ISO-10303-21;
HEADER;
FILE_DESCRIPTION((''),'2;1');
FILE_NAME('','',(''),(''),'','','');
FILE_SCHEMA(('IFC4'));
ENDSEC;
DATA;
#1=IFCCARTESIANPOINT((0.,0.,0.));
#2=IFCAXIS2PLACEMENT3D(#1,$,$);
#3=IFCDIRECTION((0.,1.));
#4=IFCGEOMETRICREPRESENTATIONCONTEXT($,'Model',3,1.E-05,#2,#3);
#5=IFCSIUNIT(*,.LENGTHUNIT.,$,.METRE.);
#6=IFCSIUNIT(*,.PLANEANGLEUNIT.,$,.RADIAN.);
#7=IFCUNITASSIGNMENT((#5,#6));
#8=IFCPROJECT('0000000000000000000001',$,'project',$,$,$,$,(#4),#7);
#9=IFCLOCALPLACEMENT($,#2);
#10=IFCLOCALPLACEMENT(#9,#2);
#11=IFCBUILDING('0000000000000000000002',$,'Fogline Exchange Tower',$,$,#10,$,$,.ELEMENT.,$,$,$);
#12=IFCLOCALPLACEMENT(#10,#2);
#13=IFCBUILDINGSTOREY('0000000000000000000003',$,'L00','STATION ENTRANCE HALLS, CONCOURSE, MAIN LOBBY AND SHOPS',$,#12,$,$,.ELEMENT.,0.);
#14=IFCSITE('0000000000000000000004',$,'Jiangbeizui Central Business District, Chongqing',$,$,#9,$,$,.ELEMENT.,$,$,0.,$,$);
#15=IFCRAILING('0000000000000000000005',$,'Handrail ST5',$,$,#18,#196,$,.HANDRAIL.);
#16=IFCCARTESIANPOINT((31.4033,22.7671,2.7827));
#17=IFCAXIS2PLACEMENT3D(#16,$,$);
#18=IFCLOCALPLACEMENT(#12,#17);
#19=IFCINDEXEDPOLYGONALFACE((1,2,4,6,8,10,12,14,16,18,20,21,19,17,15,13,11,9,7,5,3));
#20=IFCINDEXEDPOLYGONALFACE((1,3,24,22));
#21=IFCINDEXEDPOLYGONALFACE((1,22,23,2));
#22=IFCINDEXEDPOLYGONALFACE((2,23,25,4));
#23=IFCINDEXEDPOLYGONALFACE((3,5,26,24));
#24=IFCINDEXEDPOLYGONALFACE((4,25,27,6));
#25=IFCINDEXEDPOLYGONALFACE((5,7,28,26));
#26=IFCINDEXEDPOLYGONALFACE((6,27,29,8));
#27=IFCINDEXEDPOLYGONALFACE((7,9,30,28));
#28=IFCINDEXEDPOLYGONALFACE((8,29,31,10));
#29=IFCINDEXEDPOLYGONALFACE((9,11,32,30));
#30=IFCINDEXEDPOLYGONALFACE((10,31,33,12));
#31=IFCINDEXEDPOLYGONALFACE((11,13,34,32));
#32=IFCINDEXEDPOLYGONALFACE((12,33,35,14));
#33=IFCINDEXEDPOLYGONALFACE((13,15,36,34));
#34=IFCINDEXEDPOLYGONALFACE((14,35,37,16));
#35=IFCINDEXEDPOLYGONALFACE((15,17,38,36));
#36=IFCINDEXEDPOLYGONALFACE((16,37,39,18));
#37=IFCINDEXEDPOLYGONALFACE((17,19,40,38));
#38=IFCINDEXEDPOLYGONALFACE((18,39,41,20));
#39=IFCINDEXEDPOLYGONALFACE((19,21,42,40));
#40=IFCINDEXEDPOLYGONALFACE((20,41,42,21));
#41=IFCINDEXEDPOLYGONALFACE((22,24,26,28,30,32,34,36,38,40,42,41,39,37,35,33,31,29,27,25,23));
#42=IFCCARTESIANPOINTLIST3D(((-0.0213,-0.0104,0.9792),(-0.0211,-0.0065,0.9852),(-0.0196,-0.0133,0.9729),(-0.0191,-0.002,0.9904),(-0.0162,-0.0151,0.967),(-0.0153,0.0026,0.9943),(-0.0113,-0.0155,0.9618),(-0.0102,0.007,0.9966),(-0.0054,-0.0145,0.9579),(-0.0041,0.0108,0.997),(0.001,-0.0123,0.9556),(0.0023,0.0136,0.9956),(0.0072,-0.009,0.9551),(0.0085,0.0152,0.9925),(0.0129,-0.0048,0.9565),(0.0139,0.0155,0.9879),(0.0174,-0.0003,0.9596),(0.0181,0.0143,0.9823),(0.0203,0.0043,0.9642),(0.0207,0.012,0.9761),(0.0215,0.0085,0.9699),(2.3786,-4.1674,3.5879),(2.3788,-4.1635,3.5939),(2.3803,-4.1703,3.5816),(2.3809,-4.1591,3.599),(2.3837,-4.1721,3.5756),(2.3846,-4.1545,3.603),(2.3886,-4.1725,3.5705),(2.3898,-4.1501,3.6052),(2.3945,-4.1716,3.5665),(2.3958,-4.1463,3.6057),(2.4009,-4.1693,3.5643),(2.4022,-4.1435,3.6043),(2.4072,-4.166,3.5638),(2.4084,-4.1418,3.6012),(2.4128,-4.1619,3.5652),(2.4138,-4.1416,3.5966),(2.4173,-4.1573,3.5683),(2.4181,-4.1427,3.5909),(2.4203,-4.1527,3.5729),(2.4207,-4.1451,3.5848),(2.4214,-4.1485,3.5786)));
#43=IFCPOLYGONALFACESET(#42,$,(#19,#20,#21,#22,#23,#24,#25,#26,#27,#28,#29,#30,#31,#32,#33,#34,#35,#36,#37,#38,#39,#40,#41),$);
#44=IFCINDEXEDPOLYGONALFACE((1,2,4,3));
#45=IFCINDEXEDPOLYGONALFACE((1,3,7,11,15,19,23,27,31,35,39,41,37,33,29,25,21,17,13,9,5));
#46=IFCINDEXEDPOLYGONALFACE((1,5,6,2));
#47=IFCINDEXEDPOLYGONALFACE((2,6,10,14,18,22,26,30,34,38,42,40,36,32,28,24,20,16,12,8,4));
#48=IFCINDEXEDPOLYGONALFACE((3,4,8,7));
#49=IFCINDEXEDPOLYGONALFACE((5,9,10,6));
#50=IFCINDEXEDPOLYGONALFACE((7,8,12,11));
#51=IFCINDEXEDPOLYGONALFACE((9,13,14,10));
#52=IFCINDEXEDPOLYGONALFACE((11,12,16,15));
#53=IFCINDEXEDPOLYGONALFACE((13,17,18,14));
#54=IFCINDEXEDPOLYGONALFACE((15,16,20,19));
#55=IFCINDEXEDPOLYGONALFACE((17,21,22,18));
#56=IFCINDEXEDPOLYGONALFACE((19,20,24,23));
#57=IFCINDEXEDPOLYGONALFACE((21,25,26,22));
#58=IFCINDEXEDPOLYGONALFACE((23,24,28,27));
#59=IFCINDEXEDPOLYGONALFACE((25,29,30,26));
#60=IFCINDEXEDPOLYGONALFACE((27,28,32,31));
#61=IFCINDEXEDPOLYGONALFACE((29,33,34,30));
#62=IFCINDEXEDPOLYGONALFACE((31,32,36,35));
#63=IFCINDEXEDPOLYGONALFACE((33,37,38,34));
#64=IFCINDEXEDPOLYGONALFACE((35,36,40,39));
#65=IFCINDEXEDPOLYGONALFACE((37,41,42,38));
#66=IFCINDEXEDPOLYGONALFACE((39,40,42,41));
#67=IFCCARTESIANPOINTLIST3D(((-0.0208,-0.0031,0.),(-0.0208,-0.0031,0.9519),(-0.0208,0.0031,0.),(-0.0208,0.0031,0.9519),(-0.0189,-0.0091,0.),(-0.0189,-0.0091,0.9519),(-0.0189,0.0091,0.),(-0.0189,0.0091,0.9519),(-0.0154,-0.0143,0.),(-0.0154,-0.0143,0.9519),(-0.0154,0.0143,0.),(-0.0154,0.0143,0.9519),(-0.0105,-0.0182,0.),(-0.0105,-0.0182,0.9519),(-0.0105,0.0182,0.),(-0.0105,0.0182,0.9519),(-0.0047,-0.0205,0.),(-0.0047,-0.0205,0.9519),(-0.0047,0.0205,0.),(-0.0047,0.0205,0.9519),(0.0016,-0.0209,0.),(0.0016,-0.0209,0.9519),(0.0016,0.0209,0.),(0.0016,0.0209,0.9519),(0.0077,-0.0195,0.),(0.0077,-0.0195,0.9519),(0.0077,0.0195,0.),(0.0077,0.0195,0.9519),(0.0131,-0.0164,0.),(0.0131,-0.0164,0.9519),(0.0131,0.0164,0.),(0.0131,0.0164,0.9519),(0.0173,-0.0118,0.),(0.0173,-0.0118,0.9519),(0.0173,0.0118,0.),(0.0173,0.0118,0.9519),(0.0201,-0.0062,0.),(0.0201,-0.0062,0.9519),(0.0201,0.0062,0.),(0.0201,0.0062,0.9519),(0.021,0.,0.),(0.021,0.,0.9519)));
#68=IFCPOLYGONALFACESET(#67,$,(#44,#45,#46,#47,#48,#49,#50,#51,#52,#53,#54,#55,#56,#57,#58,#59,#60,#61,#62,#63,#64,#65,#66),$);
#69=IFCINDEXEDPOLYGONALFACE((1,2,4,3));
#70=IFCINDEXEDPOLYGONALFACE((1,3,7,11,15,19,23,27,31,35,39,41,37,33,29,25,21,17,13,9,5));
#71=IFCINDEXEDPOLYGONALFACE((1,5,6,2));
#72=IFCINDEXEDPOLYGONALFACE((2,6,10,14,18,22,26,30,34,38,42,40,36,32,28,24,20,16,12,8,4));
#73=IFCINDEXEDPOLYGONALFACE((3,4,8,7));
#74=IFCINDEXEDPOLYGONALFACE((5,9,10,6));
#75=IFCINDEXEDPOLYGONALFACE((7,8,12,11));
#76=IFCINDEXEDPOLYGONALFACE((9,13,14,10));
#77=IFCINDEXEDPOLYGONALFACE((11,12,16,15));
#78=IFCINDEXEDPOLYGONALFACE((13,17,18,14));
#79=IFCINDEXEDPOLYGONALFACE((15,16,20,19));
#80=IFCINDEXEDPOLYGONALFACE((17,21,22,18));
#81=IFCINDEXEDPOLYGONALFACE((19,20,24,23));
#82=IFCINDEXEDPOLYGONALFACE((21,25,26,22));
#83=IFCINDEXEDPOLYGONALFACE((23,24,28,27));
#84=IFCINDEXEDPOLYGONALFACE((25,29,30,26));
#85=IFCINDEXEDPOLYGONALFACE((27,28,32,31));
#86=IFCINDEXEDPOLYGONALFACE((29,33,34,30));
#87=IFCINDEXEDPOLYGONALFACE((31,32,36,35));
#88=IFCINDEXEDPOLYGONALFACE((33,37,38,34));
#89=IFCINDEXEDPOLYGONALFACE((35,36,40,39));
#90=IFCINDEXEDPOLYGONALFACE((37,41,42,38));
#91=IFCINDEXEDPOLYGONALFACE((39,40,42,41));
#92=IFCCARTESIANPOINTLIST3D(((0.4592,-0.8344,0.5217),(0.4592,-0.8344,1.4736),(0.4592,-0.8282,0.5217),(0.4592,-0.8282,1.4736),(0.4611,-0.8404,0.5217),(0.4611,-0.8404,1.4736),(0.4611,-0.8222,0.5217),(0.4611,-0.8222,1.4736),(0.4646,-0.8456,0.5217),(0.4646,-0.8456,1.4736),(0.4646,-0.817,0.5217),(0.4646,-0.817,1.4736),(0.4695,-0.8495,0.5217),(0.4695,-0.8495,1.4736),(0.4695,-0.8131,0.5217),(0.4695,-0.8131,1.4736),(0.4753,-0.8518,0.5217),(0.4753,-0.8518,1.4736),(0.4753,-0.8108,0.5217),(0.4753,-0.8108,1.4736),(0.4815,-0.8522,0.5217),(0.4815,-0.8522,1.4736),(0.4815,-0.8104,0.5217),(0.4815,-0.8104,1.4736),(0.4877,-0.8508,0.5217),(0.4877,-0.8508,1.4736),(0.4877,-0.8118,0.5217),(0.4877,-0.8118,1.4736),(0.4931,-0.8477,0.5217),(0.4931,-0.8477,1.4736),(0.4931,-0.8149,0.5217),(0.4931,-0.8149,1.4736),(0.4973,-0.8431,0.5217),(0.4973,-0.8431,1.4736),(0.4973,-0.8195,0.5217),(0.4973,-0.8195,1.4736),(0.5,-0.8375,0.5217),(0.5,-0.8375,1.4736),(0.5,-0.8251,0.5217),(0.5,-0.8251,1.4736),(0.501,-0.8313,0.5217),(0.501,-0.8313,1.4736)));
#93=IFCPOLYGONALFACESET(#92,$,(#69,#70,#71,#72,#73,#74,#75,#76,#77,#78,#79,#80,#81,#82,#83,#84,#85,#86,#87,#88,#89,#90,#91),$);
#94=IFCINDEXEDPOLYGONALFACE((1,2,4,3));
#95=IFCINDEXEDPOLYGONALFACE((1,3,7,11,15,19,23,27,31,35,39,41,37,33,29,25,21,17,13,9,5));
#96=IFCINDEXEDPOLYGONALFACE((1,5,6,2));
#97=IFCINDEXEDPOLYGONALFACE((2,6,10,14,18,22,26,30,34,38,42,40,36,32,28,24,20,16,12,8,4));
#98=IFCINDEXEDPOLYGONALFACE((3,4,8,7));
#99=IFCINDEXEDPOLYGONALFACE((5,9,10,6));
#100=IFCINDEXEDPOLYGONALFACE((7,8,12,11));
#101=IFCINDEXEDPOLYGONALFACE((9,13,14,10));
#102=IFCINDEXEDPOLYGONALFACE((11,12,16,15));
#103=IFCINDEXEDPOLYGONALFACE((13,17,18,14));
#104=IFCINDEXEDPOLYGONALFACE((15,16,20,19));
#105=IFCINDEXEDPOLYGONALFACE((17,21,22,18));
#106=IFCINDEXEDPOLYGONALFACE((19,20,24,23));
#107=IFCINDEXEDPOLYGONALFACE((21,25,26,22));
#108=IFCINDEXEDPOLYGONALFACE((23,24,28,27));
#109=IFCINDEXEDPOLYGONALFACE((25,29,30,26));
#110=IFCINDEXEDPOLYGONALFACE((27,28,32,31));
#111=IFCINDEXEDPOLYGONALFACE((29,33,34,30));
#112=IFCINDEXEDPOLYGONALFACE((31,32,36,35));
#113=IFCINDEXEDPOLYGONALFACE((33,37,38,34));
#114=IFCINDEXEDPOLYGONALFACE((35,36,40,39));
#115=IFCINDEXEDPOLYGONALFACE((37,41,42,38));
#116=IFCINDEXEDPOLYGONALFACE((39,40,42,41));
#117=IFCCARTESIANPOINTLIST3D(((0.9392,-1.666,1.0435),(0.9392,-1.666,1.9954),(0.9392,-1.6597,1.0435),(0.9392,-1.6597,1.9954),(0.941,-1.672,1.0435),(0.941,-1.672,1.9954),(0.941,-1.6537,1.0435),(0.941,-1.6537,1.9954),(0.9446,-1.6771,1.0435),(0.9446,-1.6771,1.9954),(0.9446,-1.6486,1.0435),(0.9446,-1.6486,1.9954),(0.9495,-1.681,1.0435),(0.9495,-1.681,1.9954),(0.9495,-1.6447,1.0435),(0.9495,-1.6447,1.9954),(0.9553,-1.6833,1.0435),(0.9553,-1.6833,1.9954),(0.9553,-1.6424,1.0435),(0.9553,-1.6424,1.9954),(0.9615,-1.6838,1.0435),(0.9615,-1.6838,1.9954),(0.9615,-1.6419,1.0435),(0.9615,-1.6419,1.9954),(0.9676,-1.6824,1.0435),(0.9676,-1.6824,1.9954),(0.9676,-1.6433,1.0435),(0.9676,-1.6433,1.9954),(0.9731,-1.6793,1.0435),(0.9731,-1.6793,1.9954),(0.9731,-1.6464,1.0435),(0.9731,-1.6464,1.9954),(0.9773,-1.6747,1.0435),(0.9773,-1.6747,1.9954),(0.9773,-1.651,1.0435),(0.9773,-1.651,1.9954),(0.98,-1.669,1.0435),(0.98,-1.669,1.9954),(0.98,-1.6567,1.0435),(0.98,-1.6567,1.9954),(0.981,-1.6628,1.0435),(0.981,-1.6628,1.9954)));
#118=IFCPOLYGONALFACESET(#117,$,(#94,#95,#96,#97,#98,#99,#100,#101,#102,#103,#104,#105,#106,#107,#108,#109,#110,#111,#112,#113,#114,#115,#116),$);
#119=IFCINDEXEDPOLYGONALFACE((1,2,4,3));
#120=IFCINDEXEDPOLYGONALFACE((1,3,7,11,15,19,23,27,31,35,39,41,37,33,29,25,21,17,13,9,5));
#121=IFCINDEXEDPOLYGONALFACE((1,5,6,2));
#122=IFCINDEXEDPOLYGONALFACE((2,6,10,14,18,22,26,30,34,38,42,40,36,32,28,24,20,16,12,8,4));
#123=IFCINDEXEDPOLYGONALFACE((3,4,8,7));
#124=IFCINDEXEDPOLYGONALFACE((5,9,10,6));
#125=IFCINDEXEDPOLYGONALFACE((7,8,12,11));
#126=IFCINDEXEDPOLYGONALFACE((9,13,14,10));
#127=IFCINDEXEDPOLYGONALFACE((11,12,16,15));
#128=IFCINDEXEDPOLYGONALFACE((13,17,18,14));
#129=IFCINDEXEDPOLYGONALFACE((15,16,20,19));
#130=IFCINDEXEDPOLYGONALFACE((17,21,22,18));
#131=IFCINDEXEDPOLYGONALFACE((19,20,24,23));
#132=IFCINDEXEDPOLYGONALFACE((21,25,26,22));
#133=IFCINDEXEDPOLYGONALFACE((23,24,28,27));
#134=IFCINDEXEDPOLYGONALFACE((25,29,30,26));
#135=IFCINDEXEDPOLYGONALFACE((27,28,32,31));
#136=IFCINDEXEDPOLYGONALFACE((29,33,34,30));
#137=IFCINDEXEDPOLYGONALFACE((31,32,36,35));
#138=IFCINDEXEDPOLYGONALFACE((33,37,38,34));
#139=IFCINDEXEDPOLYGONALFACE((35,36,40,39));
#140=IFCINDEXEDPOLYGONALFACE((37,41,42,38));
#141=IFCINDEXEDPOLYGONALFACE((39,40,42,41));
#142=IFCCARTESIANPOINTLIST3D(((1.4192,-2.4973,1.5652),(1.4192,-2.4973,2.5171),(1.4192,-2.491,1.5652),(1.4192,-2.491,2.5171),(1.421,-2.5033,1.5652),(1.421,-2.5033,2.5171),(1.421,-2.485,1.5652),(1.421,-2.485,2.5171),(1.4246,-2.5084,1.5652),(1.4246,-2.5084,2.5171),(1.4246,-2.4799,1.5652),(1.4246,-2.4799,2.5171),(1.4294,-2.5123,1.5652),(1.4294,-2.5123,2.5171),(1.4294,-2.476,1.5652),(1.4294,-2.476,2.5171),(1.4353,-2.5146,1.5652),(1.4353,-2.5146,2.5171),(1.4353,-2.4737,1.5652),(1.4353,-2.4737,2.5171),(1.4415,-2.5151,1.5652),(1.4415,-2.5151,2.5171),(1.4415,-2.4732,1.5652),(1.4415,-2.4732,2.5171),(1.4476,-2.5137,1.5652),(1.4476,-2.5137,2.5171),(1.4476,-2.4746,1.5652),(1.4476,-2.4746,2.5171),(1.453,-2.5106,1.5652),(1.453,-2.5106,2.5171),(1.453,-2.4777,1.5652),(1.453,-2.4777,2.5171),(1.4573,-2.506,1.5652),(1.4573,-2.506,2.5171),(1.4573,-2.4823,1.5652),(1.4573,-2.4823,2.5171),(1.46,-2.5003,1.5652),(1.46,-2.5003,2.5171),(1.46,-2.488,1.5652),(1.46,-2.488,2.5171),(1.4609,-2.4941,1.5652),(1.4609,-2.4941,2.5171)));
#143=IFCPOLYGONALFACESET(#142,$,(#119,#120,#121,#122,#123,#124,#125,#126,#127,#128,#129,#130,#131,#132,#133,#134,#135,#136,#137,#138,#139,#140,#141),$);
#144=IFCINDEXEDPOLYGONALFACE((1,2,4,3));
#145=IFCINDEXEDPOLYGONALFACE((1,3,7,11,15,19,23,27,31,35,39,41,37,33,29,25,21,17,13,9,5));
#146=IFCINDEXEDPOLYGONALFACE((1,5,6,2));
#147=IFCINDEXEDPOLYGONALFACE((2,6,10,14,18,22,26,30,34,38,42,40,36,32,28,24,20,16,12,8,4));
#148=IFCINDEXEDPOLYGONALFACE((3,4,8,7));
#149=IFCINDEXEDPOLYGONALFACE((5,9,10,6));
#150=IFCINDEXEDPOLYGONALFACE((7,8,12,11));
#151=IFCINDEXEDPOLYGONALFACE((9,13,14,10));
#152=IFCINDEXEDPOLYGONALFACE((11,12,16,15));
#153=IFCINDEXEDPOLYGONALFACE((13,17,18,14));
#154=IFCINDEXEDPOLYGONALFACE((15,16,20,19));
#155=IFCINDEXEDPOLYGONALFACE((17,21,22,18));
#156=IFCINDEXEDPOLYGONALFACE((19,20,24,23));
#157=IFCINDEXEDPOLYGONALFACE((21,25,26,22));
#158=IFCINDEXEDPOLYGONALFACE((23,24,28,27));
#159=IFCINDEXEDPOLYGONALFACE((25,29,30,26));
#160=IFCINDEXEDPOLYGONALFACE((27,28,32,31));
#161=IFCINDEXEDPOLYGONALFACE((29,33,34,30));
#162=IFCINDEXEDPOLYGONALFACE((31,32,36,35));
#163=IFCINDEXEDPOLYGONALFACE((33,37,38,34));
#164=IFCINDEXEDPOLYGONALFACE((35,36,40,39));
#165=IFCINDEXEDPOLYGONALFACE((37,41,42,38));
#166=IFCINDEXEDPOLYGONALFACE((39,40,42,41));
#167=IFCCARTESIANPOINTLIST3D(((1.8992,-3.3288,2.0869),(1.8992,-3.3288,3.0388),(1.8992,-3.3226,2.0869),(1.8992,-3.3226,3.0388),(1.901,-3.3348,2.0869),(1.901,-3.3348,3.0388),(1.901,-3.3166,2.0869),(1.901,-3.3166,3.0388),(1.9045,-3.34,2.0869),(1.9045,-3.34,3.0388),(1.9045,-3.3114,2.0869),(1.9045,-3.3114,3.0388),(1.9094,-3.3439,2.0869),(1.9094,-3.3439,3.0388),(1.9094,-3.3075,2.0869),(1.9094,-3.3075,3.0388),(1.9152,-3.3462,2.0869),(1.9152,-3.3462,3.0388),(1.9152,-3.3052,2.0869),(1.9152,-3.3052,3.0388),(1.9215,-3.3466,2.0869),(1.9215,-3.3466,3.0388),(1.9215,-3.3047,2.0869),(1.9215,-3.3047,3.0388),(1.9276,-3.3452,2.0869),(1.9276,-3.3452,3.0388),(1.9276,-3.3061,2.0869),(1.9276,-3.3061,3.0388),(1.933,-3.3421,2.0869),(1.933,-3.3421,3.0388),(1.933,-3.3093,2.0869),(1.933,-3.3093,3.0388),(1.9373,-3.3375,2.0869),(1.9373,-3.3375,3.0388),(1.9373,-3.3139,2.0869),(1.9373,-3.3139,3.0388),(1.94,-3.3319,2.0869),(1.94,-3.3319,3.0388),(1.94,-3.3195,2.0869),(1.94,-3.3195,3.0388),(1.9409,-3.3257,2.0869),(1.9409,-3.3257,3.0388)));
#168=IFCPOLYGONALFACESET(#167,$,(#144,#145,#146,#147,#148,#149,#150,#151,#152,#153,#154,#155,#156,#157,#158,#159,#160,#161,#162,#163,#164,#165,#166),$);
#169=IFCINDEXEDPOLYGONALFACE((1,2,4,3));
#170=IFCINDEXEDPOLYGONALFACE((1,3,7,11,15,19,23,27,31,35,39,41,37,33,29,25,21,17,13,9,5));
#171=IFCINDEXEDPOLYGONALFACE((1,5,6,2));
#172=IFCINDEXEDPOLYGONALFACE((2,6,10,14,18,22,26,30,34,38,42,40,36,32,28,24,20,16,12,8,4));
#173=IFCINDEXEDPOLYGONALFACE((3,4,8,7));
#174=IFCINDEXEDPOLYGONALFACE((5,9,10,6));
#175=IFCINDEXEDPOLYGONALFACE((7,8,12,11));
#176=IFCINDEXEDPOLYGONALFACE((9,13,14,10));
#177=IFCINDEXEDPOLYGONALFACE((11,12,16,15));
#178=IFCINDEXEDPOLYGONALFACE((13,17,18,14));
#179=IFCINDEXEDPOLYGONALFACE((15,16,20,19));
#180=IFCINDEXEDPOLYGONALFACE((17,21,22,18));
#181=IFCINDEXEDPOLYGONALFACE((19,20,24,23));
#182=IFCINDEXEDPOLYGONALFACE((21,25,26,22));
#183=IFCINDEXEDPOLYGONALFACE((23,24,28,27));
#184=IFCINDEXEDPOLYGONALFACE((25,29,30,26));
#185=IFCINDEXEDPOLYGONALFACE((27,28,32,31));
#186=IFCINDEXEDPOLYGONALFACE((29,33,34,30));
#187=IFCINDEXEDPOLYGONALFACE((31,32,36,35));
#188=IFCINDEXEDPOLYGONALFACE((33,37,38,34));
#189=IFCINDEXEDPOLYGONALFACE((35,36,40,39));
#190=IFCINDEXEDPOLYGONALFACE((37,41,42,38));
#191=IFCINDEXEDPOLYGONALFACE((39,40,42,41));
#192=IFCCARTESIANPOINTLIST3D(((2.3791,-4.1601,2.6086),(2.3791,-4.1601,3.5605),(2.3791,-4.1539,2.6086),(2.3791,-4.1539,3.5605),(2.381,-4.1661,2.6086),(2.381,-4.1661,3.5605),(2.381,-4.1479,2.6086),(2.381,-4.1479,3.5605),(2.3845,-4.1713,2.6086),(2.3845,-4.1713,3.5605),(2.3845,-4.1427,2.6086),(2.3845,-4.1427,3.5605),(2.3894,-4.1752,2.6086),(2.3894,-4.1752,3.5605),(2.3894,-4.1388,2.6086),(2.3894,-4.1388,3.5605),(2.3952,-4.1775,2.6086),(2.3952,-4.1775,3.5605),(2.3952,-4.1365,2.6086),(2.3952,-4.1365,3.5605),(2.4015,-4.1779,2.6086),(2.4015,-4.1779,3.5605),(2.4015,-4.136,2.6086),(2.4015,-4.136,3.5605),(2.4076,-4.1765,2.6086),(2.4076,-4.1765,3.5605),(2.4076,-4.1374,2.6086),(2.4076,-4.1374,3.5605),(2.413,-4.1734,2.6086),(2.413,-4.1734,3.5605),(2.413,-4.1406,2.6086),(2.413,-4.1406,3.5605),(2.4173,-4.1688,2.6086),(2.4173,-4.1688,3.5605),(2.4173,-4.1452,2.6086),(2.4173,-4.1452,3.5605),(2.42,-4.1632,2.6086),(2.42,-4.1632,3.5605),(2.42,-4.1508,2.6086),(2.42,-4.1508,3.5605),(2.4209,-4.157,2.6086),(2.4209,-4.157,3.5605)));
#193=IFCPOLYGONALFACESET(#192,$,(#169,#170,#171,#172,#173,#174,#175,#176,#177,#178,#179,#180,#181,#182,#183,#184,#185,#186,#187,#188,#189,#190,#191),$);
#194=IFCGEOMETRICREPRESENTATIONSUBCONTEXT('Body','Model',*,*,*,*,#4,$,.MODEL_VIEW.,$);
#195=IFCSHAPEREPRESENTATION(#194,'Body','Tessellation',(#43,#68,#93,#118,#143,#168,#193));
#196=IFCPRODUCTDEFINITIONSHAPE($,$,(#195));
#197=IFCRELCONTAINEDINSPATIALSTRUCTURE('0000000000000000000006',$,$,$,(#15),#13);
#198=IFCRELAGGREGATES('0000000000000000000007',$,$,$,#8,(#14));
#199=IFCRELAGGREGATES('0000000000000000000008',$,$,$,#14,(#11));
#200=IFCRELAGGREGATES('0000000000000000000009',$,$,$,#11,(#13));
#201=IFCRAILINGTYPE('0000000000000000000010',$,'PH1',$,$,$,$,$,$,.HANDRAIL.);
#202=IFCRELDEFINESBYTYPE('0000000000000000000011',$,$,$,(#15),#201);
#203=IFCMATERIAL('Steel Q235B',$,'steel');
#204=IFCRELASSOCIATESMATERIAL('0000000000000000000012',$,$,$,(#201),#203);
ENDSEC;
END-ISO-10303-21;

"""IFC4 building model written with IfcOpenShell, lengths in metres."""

from ifc_helpers import new_model, si_unit, direction, frame, origin, origin_2d, place, context, subcontext, project, spatial, circle, extrude, material, type_object, element, save


model = new_model("IFC4")

# Units and contexts
model_context = context("Model", 3, precision=1e-05, world=origin(), true_north=direction((0.0, 1.0)))
body_context = subcontext(model_context, "Body", "Model", "MODEL_VIEW")
ifc_project = project(units=[si_unit("LENGTHUNIT", "METRE"), si_unit("PLANEANGLEUNIT", "RADIAN")], contexts=[model_context])

# Site, building, storey
site_placement = place(None, origin())
site = spatial("IfcSite", under=ifc_project, at=site_placement, Name="Jiangbeizui Central Business District, Chongqing", CompositionType="ELEMENT", RefElevation=0.0)
building_placement = place(site_placement, origin())
building = spatial("IfcBuilding", under=site, at=building_placement, Name="Fogline Exchange Tower", CompositionType="ELEMENT")
storey_placement = place(building_placement, origin())
storey = spatial("IfcBuildingStorey", under=building, at=storey_placement, Name="L00", Description="STATION ENTRANCE HALLS, CONCOURSE, MAIN LOBBY AND SHOPS", CompositionType="ELEMENT", Elevation=0.0)

# Shared definitions
ifc_material_1 = material(Name="Steel Q235B", Category="steel")

# Railing
railing_type_1 = type_object("IfcRailingType", Name="PH1", PredefinedType="HANDRAIL", material=ifc_material_1)
for number, where, name in (
    (1, (31.4033, 22.7671, 2.7827), "Handrail ST5"),
):
    element("IfcRailing", number, at=place(storey_placement, frame(where)), inside=storey, type_object=railing_type_1, Name=name, PredefinedType="HANDRAIL", context=body_context, shape_type="SweptSolid", body=[
        extrude(circle(Radius=0.0239, at=origin_2d()), frame((0.0, 0.0, 0.9761), z_axis=(0.439296, -0.760925, 0.477506), x_axis=(0.866037, 0.499979, 0.0)), (0.0, 0.0, 1.0), 5.4631),
        extrude(circle(Radius=0.021, at=origin_2d()), origin(), (0.0, 0.0, 1.0), 0.9519),
        extrude(circle(Radius=0.021, at=origin_2d()), frame((0.48, -0.8313, 0.5217)), (0.0, 0.0, 1.0), 0.9519),
        extrude(circle(Radius=0.021, at=origin_2d()), frame((0.96, -1.6628, 1.0435)), (0.0, 0.0, 1.0), 0.9519),
        extrude(circle(Radius=0.021, at=origin_2d()), frame((1.4399, -2.4941, 1.5652)), (0.0, 0.0, 1.0), 0.9519),
        extrude(circle(Radius=0.021, at=origin_2d()), frame((1.9199, -3.3257, 2.0869)), (0.0, 0.0, 1.0), 0.9519),
        extrude(circle(Radius=0.021, at=origin_2d()), frame((2.3999, -4.157, 2.6086)), (0.0, 0.0, 1.0), 0.9519),
    ])

save(model, "model.ifc")
